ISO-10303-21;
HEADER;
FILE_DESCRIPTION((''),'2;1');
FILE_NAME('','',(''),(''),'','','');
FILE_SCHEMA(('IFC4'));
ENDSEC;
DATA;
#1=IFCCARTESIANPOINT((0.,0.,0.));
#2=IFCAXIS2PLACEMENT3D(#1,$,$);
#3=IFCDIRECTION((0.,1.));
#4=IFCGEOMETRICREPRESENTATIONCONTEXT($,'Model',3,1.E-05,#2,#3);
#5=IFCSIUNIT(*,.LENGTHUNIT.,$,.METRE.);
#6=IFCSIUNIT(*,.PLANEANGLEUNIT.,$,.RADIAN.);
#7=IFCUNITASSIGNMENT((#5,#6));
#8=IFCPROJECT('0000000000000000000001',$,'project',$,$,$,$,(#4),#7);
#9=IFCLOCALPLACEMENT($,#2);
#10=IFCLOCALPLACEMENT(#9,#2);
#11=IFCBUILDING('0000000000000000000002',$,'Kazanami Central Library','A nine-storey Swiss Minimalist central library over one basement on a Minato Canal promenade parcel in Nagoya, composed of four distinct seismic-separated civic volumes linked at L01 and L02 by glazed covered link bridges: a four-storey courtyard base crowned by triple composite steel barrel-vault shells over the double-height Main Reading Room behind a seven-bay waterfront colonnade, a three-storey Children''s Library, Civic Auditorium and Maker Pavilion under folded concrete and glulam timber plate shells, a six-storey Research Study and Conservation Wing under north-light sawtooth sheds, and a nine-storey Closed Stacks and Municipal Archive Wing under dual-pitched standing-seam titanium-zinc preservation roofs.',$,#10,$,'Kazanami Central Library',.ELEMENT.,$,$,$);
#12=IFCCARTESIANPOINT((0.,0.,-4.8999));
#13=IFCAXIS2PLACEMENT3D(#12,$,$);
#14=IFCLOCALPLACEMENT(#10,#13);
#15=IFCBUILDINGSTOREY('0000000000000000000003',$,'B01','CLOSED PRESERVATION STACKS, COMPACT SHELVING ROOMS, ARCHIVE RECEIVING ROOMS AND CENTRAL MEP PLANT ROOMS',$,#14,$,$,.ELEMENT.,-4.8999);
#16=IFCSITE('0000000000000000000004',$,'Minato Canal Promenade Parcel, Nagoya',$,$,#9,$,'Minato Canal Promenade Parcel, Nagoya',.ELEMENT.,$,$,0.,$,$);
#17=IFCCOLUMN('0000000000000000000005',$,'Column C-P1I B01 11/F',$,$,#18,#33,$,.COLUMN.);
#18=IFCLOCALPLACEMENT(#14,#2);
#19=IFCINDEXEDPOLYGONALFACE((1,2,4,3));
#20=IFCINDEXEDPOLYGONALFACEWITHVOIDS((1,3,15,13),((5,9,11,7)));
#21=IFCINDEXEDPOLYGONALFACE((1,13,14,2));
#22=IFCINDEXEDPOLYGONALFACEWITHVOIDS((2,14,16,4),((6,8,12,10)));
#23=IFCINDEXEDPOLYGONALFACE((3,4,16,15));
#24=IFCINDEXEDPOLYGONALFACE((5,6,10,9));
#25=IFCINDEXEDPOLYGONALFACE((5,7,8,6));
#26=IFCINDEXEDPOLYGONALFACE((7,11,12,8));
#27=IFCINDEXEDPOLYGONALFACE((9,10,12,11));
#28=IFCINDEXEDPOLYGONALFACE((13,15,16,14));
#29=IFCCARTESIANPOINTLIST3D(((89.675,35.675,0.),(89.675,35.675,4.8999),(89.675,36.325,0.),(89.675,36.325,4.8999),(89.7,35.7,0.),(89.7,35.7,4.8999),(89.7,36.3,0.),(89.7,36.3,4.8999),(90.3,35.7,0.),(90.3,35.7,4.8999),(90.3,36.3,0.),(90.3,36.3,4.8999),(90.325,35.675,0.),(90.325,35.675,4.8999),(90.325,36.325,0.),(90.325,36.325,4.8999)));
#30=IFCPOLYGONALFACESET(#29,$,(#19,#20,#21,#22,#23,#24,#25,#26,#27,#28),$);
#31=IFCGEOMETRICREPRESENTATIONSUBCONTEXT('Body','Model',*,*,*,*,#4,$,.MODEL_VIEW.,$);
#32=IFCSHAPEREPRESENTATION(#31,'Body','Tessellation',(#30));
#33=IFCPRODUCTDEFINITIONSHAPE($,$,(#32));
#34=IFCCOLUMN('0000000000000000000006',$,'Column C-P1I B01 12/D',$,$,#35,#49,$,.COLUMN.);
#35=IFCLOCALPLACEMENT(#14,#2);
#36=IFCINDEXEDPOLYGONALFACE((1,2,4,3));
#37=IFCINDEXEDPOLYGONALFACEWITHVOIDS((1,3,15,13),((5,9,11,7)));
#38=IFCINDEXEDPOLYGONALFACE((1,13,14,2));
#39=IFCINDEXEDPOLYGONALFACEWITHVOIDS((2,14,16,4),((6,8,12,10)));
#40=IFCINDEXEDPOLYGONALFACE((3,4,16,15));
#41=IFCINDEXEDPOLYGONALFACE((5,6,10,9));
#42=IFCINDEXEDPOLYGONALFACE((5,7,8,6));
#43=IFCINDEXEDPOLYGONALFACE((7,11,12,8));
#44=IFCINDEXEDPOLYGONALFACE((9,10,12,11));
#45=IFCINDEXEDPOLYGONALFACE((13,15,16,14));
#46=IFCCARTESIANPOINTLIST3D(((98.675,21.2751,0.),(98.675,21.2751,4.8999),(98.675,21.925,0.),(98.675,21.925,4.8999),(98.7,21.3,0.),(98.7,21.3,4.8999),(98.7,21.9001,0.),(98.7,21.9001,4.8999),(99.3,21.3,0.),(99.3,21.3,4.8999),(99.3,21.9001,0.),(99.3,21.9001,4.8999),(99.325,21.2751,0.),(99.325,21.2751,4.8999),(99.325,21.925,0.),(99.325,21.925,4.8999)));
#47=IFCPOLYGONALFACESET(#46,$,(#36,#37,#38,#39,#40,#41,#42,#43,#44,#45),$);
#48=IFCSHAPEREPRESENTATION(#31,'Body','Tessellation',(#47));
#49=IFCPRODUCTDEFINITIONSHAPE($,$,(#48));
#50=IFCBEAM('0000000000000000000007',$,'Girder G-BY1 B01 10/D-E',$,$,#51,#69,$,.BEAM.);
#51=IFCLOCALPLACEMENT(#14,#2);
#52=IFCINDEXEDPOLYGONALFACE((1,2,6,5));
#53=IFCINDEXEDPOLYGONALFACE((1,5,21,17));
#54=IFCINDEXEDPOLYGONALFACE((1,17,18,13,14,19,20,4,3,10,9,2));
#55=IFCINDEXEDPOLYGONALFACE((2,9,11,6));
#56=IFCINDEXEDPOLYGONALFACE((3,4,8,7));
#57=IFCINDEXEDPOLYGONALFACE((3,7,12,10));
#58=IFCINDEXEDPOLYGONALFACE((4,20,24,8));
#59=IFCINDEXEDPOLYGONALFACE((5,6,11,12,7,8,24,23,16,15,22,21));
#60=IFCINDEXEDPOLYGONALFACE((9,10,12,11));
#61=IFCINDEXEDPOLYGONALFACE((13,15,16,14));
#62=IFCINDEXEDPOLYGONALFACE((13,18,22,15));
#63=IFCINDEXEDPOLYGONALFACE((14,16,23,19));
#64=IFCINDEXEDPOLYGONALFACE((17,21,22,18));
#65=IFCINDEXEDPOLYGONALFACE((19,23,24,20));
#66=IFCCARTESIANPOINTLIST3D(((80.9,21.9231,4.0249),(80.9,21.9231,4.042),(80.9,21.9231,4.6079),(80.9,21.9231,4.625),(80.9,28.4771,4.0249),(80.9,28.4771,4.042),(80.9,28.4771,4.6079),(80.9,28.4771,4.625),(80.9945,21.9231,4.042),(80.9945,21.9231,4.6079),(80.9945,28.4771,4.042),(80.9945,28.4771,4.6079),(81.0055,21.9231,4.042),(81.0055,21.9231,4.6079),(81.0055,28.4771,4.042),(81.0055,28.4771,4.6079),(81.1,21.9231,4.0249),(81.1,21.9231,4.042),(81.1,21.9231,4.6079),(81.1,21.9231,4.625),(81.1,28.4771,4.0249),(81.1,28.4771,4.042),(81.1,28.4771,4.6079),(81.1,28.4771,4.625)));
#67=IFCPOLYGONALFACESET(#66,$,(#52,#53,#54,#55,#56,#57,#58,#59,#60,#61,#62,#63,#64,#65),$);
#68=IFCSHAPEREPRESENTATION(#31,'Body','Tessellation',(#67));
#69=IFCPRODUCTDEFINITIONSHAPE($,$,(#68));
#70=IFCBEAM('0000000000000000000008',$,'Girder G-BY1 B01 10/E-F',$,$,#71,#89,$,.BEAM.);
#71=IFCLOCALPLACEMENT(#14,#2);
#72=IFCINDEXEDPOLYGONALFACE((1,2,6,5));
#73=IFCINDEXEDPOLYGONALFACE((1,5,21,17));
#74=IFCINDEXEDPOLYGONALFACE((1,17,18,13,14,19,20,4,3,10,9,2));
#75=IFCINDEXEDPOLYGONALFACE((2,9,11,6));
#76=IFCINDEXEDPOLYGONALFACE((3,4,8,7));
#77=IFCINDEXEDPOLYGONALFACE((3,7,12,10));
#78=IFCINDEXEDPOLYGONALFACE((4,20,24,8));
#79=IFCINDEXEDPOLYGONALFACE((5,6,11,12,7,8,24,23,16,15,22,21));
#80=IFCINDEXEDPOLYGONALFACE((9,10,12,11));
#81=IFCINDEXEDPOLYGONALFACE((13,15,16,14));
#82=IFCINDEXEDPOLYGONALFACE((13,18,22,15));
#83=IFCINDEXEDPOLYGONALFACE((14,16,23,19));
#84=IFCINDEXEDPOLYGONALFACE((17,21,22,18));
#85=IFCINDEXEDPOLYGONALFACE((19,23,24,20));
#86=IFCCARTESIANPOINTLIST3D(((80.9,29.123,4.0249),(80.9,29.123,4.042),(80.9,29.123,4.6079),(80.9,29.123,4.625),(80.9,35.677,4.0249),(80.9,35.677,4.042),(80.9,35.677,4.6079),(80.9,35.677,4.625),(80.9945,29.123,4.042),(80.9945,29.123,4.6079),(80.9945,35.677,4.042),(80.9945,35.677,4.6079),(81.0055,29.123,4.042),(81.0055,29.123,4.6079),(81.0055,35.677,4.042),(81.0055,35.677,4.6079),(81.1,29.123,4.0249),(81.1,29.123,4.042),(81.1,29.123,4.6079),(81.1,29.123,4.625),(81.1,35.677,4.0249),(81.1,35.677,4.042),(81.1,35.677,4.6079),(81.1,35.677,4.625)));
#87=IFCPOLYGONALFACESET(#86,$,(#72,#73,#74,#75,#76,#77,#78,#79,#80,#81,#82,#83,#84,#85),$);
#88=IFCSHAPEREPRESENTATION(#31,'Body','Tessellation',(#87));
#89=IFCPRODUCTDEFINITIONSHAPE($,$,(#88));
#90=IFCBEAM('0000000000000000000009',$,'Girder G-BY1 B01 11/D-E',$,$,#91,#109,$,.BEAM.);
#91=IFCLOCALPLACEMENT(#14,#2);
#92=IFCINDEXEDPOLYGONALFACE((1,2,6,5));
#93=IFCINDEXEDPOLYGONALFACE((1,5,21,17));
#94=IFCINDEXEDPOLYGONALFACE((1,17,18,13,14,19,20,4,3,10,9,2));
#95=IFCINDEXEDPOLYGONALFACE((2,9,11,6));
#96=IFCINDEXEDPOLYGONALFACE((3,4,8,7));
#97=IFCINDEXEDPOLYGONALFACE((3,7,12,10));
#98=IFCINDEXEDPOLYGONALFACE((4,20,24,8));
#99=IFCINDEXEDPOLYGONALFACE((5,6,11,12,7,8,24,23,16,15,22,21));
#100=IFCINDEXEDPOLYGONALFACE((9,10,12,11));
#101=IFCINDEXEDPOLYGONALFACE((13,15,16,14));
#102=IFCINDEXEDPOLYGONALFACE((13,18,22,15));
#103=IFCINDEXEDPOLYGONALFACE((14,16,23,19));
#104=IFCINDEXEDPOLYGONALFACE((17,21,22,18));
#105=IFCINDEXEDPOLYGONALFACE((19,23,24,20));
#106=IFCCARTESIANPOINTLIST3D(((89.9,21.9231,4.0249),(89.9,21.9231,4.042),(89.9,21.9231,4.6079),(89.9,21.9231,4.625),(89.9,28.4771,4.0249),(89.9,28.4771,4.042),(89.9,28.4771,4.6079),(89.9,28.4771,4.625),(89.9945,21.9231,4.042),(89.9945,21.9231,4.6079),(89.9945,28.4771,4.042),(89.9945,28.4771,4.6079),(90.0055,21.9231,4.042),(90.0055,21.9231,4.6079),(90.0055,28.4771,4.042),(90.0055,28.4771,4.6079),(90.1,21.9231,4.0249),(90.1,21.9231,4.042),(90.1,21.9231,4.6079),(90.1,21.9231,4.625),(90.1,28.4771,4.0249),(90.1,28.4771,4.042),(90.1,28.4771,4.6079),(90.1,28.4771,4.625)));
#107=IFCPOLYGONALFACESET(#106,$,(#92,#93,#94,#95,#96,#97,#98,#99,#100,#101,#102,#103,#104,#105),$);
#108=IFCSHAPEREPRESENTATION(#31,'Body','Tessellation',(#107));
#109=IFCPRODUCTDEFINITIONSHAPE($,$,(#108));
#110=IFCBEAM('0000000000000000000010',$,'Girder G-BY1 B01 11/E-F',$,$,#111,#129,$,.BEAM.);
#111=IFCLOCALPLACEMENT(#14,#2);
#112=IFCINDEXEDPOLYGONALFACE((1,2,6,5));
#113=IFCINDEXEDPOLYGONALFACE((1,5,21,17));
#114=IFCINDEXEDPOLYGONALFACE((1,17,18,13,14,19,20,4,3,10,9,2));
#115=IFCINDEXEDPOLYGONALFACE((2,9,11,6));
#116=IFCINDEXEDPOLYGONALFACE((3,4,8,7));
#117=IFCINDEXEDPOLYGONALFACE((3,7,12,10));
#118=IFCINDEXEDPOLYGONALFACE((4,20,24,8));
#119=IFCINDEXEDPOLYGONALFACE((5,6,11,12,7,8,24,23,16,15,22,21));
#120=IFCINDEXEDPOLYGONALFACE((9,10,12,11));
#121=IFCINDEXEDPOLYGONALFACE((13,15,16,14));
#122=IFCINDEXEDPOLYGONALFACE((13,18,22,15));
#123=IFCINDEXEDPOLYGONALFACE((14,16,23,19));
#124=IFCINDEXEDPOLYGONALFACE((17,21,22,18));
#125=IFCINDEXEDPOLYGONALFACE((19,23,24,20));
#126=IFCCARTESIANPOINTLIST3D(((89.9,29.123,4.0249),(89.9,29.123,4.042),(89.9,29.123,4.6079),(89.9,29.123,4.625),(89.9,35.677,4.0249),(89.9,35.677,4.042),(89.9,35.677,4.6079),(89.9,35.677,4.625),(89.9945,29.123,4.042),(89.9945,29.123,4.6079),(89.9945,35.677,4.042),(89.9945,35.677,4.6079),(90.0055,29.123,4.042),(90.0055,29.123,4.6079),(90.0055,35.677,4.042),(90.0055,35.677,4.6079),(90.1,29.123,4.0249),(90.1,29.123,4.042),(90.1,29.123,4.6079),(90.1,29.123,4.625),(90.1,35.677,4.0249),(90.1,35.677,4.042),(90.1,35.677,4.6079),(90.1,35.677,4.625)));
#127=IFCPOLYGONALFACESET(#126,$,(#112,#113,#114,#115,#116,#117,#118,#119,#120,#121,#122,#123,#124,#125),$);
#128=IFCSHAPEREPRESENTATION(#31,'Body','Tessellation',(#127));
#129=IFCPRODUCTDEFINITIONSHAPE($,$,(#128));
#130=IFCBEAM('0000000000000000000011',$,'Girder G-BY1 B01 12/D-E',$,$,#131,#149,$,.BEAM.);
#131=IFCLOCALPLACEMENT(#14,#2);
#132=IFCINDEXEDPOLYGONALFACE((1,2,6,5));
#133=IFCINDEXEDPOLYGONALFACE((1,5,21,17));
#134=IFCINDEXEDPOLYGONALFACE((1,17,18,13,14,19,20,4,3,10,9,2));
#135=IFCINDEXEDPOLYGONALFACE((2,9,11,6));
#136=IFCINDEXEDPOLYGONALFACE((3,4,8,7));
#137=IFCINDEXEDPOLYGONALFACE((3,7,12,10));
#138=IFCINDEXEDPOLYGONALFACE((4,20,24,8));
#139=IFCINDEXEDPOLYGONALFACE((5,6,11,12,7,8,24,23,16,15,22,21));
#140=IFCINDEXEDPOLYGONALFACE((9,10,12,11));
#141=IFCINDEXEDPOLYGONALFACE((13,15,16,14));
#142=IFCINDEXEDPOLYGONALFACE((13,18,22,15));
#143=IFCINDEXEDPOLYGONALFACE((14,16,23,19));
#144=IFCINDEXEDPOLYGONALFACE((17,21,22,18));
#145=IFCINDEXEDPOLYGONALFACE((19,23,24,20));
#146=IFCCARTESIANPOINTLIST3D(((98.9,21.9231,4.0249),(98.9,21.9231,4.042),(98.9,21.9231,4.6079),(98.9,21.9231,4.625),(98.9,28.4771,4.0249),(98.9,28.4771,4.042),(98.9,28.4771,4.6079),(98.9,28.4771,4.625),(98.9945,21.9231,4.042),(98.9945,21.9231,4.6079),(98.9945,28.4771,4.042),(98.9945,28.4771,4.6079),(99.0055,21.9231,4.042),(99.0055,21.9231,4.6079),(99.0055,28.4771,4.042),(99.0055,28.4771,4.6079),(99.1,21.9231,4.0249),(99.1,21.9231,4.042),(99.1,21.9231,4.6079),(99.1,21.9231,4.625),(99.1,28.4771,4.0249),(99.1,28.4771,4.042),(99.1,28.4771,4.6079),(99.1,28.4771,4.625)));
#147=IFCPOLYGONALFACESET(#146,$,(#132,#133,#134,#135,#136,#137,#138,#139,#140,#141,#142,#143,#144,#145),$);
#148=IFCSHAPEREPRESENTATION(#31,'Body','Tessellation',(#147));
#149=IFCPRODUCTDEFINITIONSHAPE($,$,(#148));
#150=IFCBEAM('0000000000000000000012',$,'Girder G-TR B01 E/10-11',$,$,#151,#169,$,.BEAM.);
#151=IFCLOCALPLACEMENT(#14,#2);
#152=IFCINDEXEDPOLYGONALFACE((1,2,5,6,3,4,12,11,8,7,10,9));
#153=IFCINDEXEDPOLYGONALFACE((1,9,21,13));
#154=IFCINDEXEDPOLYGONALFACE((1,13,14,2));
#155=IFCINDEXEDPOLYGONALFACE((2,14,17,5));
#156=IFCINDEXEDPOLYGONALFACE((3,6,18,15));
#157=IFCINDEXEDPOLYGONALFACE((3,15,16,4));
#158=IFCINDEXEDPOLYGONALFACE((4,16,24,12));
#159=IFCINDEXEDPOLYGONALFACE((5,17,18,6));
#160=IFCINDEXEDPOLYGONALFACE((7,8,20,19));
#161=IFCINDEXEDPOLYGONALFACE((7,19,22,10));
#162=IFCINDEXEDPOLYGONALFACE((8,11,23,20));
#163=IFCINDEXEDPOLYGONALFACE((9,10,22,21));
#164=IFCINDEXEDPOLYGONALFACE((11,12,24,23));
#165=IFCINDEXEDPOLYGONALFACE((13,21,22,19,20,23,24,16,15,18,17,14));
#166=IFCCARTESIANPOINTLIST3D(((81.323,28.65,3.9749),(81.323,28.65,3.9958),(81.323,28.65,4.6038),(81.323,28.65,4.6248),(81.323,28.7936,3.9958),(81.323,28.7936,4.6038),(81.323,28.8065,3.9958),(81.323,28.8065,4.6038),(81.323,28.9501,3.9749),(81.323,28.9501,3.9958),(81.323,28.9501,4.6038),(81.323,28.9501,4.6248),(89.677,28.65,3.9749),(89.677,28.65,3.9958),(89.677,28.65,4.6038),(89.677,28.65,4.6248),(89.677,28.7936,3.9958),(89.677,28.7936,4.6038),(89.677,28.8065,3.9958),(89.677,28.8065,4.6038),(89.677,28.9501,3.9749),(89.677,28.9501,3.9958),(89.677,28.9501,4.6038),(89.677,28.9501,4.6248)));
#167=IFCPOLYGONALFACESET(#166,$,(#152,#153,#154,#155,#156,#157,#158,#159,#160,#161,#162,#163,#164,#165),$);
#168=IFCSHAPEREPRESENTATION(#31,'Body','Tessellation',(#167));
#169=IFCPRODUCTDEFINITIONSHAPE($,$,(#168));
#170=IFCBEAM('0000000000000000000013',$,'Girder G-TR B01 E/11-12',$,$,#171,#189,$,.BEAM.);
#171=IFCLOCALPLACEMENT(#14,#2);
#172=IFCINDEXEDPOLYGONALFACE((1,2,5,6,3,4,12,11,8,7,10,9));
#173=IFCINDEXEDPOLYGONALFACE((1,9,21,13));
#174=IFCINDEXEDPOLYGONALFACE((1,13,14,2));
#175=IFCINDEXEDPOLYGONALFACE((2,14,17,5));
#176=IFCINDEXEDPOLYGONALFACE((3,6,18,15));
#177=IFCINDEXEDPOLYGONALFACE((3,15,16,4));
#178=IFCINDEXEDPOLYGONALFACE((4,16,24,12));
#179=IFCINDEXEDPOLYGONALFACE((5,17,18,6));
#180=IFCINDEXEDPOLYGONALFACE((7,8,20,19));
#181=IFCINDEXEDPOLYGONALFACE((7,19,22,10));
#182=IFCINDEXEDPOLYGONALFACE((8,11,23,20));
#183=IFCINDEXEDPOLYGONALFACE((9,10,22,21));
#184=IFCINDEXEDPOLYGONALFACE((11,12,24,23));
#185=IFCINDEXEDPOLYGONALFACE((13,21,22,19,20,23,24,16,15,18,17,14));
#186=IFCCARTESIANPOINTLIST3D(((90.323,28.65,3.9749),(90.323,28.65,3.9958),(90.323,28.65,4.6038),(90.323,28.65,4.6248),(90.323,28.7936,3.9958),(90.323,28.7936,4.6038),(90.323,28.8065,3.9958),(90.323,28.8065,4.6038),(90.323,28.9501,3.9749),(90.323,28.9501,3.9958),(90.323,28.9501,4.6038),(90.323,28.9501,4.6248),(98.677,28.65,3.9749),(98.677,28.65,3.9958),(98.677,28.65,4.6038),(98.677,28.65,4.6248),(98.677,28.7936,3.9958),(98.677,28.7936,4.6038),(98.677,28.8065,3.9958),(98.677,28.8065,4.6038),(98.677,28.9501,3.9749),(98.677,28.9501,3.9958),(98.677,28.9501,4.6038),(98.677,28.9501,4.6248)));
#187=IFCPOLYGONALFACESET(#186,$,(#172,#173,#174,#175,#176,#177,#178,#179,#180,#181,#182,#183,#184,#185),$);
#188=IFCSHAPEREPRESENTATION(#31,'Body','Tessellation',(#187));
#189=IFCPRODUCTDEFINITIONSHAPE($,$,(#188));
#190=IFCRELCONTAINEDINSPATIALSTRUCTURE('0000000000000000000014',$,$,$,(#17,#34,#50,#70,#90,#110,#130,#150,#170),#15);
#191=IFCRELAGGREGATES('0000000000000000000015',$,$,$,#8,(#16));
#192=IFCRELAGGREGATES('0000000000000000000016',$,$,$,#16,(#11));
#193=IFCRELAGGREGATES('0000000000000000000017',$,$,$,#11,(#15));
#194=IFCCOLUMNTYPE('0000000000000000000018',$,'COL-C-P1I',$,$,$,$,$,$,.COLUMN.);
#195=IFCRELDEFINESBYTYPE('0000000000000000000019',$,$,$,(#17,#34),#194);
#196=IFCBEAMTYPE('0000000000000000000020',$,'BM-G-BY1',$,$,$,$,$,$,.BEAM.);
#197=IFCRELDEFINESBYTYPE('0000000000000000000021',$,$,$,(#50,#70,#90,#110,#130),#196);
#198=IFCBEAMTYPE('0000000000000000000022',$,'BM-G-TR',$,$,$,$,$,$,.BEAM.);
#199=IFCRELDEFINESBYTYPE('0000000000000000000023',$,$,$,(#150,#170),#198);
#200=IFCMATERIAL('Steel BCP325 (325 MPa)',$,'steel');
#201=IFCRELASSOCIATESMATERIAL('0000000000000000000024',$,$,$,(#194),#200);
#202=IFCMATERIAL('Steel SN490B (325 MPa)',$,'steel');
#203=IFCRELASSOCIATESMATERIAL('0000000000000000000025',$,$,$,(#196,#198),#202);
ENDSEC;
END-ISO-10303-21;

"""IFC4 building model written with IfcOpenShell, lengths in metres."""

from ifc_helpers import new_model, si_unit, direction, frame, origin, origin_2d, place, context, subcontext, project, spatial, hollow_rectangle, i_section, extrude, material, material_profile, profile_set, type_object, element, save


model = new_model("IFC4")

# Units and contexts
model_context = context("Model", 3, precision=1e-05, world=origin(), true_north=direction((0.0, 1.0)))
body_context = subcontext(model_context, "Body", "Model", "MODEL_VIEW")
ifc_project = project(units=[si_unit("LENGTHUNIT", "METRE"), si_unit("PLANEANGLEUNIT", "RADIAN")], contexts=[model_context])

# Site, building, storey
site_placement = place(None, origin())
site = spatial("IfcSite", under=ifc_project, at=site_placement, Name="Minato Canal Promenade Parcel, Nagoya", LongName="Minato Canal Promenade Parcel, Nagoya", CompositionType="ELEMENT", RefElevation=0.0)
building_placement = place(site_placement, origin())
building = spatial("IfcBuilding", under=site, at=building_placement, Name="Kazanami Central Library", Description="A nine-storey Swiss Minimalist central library over one basement on a Minato Canal promenade parcel in Nagoya, composed of four distinct seismic-separated civic volumes linked at L01 and L02 by glazed covered link bridges: a four-storey courtyard base crowned by triple composite steel barrel-vault shells over the double-height Main Reading Room behind a seven-bay waterfront colonnade, a three-storey Children's Library, Civic Auditorium and Maker Pavilion under folded concrete and glulam timber plate shells, a six-storey Research Study and Conservation Wing under north-light sawtooth sheds, and a nine-storey Closed Stacks and Municipal Archive Wing under dual-pitched standing-seam titanium-zinc preservation roofs.", LongName="Kazanami Central Library", CompositionType="ELEMENT")
storey_placement = place(building_placement, frame((0.0, 0.0, -4.8999)))
storey = spatial("IfcBuildingStorey", under=building, at=storey_placement, Name="B01", Description="CLOSED PRESERVATION STACKS, COMPACT SHELVING ROOMS, ARCHIVE RECEIVING ROOMS AND CENTRAL MEP PLANT ROOMS", CompositionType="ELEMENT", Elevation=-4.8999)

# Columns
ifc_material_1 = material(Name="Steel BCP325 (325 MPa)", Category="steel")
ifc_material_profile_1 = material_profile(ifc_material_1, hollow_rectangle(XDim=0.6499, YDim=0.6499, WallThickness=0.0249, at=origin_2d()), Name="BCP-650x650x25")
ifc_profile_set_1 = profile_set([ifc_material_profile_1], Name="Steel BCP325 (325 MPa)")
column_type = type_object("IfcColumnType", Name="COL-C-P1I", PredefinedType="COLUMN", material=ifc_profile_set_1)
for number, where, z_axis, x_axis, name in (
    (1, (90.0, 36.0, 0.0), (0.0, 0.0, 1.0), (1.0, 0.0, 0.0), "Column C-P1I B01 11/F"),
    (2, (99.0, 21.6001, 0.0), (0.0, 0.0, 1.0), (1.0, 0.0, 0.0), "Column C-P1I B01 12/D"),
):
    element("IfcColumn", number, at=place(storey_placement, frame(where, z_axis=z_axis, x_axis=x_axis)), inside=storey, type_object=column_type, Name=name, PredefinedType="COLUMN", context=body_context, shape_type="SweptSolid", body=[
        extrude(hollow_rectangle(XDim=0.6499, YDim=0.6499, WallThickness=0.0249, at=origin_2d()), origin(), (0.0, 0.0, 1.0), 4.8999),
    ])

# Beams
ifc_material_2 = material(Name="Steel SN490B (325 MPa)", Category="steel")
ifc_material_profile_2 = material_profile(ifc_material_2, i_section(OverallWidth=0.2, OverallDepth=0.6001, WebThickness=0.011, FlangeThickness=0.0171, at=origin_2d()), Name="H-600x200x11x17")
ifc_profile_set_2 = profile_set([ifc_material_profile_2], Name="Steel SN490B (325 MPa)")
beam_type_1 = type_object("IfcBeamType", Name="BM-G-BY1", PredefinedType="BEAM", material=ifc_profile_set_2)
for number, where, z_axis, x_axis, name in (
    (3, (81.0, 21.9231, 4.325), (0.0, 1.0, 0.0), (-1.0, 0.0, 0.0), "Girder G-BY1 B01 10/D-E"),
    (4, (81.0, 29.123, 4.325), (0.0, 1.0, 0.0), (-1.0, 0.0, 0.0), "Girder G-BY1 B01 10/E-F"),
    (5, (90.0, 21.9231, 4.325), (0.0, 1.0, 0.0), (-1.0, 0.0, 0.0), "Girder G-BY1 B01 11/D-E"),
    (6, (90.0, 29.123, 4.325), (0.0, 1.0, 0.0), (-1.0, 0.0, 0.0), "Girder G-BY1 B01 11/E-F"),
    (7, (99.0, 21.9231, 4.325), (0.0, 1.0, 0.0), (-1.0, 0.0, 0.0), "Girder G-BY1 B01 12/D-E"),
):
    element("IfcBeam", number, at=place(storey_placement, frame(where, z_axis=z_axis, x_axis=x_axis)), inside=storey, type_object=beam_type_1, Name=name, PredefinedType="BEAM", context=body_context, shape_type="SweptSolid", body=[
        extrude(i_section(OverallWidth=0.2, OverallDepth=0.6001, WebThickness=0.011, FlangeThickness=0.0171, at=origin_2d()), origin(), (0.0, 0.0, 1.0), 6.554),
    ])
ifc_material_profile_3 = material_profile(ifc_material_2, i_section(OverallWidth=0.3, OverallDepth=0.6499, WebThickness=0.0129, FlangeThickness=0.021, at=origin_2d()), Name="H-650x300x13x21")
ifc_profile_set_3 = profile_set([ifc_material_profile_3], Name="Steel SN490B (325 MPa)")
beam_type_2 = type_object("IfcBeamType", Name="BM-G-TR", PredefinedType="BEAM", material=ifc_profile_set_3)
for number, where, z_axis, x_axis, name in (
    (8, (81.323, 28.8, 4.2998), (1.0, 0.0, 0.0), (0.0, 1.0, 0.0), "Girder G-TR B01 E/10-11"),
    (9, (90.323, 28.8, 4.2998), (1.0, 0.0, 0.0), (0.0, 1.0, 0.0), "Girder G-TR B01 E/11-12"),
):
    element("IfcBeam", number, at=place(storey_placement, frame(where, z_axis=z_axis, x_axis=x_axis)), inside=storey, type_object=beam_type_2, Name=name, PredefinedType="BEAM", context=body_context, shape_type="SweptSolid", body=[
        extrude(i_section(OverallWidth=0.3, OverallDepth=0.6499, WebThickness=0.0129, FlangeThickness=0.021, at=origin_2d()), origin(), (0.0, 0.0, 1.0), 8.354),
    ])

save(model, "model.ifc")
